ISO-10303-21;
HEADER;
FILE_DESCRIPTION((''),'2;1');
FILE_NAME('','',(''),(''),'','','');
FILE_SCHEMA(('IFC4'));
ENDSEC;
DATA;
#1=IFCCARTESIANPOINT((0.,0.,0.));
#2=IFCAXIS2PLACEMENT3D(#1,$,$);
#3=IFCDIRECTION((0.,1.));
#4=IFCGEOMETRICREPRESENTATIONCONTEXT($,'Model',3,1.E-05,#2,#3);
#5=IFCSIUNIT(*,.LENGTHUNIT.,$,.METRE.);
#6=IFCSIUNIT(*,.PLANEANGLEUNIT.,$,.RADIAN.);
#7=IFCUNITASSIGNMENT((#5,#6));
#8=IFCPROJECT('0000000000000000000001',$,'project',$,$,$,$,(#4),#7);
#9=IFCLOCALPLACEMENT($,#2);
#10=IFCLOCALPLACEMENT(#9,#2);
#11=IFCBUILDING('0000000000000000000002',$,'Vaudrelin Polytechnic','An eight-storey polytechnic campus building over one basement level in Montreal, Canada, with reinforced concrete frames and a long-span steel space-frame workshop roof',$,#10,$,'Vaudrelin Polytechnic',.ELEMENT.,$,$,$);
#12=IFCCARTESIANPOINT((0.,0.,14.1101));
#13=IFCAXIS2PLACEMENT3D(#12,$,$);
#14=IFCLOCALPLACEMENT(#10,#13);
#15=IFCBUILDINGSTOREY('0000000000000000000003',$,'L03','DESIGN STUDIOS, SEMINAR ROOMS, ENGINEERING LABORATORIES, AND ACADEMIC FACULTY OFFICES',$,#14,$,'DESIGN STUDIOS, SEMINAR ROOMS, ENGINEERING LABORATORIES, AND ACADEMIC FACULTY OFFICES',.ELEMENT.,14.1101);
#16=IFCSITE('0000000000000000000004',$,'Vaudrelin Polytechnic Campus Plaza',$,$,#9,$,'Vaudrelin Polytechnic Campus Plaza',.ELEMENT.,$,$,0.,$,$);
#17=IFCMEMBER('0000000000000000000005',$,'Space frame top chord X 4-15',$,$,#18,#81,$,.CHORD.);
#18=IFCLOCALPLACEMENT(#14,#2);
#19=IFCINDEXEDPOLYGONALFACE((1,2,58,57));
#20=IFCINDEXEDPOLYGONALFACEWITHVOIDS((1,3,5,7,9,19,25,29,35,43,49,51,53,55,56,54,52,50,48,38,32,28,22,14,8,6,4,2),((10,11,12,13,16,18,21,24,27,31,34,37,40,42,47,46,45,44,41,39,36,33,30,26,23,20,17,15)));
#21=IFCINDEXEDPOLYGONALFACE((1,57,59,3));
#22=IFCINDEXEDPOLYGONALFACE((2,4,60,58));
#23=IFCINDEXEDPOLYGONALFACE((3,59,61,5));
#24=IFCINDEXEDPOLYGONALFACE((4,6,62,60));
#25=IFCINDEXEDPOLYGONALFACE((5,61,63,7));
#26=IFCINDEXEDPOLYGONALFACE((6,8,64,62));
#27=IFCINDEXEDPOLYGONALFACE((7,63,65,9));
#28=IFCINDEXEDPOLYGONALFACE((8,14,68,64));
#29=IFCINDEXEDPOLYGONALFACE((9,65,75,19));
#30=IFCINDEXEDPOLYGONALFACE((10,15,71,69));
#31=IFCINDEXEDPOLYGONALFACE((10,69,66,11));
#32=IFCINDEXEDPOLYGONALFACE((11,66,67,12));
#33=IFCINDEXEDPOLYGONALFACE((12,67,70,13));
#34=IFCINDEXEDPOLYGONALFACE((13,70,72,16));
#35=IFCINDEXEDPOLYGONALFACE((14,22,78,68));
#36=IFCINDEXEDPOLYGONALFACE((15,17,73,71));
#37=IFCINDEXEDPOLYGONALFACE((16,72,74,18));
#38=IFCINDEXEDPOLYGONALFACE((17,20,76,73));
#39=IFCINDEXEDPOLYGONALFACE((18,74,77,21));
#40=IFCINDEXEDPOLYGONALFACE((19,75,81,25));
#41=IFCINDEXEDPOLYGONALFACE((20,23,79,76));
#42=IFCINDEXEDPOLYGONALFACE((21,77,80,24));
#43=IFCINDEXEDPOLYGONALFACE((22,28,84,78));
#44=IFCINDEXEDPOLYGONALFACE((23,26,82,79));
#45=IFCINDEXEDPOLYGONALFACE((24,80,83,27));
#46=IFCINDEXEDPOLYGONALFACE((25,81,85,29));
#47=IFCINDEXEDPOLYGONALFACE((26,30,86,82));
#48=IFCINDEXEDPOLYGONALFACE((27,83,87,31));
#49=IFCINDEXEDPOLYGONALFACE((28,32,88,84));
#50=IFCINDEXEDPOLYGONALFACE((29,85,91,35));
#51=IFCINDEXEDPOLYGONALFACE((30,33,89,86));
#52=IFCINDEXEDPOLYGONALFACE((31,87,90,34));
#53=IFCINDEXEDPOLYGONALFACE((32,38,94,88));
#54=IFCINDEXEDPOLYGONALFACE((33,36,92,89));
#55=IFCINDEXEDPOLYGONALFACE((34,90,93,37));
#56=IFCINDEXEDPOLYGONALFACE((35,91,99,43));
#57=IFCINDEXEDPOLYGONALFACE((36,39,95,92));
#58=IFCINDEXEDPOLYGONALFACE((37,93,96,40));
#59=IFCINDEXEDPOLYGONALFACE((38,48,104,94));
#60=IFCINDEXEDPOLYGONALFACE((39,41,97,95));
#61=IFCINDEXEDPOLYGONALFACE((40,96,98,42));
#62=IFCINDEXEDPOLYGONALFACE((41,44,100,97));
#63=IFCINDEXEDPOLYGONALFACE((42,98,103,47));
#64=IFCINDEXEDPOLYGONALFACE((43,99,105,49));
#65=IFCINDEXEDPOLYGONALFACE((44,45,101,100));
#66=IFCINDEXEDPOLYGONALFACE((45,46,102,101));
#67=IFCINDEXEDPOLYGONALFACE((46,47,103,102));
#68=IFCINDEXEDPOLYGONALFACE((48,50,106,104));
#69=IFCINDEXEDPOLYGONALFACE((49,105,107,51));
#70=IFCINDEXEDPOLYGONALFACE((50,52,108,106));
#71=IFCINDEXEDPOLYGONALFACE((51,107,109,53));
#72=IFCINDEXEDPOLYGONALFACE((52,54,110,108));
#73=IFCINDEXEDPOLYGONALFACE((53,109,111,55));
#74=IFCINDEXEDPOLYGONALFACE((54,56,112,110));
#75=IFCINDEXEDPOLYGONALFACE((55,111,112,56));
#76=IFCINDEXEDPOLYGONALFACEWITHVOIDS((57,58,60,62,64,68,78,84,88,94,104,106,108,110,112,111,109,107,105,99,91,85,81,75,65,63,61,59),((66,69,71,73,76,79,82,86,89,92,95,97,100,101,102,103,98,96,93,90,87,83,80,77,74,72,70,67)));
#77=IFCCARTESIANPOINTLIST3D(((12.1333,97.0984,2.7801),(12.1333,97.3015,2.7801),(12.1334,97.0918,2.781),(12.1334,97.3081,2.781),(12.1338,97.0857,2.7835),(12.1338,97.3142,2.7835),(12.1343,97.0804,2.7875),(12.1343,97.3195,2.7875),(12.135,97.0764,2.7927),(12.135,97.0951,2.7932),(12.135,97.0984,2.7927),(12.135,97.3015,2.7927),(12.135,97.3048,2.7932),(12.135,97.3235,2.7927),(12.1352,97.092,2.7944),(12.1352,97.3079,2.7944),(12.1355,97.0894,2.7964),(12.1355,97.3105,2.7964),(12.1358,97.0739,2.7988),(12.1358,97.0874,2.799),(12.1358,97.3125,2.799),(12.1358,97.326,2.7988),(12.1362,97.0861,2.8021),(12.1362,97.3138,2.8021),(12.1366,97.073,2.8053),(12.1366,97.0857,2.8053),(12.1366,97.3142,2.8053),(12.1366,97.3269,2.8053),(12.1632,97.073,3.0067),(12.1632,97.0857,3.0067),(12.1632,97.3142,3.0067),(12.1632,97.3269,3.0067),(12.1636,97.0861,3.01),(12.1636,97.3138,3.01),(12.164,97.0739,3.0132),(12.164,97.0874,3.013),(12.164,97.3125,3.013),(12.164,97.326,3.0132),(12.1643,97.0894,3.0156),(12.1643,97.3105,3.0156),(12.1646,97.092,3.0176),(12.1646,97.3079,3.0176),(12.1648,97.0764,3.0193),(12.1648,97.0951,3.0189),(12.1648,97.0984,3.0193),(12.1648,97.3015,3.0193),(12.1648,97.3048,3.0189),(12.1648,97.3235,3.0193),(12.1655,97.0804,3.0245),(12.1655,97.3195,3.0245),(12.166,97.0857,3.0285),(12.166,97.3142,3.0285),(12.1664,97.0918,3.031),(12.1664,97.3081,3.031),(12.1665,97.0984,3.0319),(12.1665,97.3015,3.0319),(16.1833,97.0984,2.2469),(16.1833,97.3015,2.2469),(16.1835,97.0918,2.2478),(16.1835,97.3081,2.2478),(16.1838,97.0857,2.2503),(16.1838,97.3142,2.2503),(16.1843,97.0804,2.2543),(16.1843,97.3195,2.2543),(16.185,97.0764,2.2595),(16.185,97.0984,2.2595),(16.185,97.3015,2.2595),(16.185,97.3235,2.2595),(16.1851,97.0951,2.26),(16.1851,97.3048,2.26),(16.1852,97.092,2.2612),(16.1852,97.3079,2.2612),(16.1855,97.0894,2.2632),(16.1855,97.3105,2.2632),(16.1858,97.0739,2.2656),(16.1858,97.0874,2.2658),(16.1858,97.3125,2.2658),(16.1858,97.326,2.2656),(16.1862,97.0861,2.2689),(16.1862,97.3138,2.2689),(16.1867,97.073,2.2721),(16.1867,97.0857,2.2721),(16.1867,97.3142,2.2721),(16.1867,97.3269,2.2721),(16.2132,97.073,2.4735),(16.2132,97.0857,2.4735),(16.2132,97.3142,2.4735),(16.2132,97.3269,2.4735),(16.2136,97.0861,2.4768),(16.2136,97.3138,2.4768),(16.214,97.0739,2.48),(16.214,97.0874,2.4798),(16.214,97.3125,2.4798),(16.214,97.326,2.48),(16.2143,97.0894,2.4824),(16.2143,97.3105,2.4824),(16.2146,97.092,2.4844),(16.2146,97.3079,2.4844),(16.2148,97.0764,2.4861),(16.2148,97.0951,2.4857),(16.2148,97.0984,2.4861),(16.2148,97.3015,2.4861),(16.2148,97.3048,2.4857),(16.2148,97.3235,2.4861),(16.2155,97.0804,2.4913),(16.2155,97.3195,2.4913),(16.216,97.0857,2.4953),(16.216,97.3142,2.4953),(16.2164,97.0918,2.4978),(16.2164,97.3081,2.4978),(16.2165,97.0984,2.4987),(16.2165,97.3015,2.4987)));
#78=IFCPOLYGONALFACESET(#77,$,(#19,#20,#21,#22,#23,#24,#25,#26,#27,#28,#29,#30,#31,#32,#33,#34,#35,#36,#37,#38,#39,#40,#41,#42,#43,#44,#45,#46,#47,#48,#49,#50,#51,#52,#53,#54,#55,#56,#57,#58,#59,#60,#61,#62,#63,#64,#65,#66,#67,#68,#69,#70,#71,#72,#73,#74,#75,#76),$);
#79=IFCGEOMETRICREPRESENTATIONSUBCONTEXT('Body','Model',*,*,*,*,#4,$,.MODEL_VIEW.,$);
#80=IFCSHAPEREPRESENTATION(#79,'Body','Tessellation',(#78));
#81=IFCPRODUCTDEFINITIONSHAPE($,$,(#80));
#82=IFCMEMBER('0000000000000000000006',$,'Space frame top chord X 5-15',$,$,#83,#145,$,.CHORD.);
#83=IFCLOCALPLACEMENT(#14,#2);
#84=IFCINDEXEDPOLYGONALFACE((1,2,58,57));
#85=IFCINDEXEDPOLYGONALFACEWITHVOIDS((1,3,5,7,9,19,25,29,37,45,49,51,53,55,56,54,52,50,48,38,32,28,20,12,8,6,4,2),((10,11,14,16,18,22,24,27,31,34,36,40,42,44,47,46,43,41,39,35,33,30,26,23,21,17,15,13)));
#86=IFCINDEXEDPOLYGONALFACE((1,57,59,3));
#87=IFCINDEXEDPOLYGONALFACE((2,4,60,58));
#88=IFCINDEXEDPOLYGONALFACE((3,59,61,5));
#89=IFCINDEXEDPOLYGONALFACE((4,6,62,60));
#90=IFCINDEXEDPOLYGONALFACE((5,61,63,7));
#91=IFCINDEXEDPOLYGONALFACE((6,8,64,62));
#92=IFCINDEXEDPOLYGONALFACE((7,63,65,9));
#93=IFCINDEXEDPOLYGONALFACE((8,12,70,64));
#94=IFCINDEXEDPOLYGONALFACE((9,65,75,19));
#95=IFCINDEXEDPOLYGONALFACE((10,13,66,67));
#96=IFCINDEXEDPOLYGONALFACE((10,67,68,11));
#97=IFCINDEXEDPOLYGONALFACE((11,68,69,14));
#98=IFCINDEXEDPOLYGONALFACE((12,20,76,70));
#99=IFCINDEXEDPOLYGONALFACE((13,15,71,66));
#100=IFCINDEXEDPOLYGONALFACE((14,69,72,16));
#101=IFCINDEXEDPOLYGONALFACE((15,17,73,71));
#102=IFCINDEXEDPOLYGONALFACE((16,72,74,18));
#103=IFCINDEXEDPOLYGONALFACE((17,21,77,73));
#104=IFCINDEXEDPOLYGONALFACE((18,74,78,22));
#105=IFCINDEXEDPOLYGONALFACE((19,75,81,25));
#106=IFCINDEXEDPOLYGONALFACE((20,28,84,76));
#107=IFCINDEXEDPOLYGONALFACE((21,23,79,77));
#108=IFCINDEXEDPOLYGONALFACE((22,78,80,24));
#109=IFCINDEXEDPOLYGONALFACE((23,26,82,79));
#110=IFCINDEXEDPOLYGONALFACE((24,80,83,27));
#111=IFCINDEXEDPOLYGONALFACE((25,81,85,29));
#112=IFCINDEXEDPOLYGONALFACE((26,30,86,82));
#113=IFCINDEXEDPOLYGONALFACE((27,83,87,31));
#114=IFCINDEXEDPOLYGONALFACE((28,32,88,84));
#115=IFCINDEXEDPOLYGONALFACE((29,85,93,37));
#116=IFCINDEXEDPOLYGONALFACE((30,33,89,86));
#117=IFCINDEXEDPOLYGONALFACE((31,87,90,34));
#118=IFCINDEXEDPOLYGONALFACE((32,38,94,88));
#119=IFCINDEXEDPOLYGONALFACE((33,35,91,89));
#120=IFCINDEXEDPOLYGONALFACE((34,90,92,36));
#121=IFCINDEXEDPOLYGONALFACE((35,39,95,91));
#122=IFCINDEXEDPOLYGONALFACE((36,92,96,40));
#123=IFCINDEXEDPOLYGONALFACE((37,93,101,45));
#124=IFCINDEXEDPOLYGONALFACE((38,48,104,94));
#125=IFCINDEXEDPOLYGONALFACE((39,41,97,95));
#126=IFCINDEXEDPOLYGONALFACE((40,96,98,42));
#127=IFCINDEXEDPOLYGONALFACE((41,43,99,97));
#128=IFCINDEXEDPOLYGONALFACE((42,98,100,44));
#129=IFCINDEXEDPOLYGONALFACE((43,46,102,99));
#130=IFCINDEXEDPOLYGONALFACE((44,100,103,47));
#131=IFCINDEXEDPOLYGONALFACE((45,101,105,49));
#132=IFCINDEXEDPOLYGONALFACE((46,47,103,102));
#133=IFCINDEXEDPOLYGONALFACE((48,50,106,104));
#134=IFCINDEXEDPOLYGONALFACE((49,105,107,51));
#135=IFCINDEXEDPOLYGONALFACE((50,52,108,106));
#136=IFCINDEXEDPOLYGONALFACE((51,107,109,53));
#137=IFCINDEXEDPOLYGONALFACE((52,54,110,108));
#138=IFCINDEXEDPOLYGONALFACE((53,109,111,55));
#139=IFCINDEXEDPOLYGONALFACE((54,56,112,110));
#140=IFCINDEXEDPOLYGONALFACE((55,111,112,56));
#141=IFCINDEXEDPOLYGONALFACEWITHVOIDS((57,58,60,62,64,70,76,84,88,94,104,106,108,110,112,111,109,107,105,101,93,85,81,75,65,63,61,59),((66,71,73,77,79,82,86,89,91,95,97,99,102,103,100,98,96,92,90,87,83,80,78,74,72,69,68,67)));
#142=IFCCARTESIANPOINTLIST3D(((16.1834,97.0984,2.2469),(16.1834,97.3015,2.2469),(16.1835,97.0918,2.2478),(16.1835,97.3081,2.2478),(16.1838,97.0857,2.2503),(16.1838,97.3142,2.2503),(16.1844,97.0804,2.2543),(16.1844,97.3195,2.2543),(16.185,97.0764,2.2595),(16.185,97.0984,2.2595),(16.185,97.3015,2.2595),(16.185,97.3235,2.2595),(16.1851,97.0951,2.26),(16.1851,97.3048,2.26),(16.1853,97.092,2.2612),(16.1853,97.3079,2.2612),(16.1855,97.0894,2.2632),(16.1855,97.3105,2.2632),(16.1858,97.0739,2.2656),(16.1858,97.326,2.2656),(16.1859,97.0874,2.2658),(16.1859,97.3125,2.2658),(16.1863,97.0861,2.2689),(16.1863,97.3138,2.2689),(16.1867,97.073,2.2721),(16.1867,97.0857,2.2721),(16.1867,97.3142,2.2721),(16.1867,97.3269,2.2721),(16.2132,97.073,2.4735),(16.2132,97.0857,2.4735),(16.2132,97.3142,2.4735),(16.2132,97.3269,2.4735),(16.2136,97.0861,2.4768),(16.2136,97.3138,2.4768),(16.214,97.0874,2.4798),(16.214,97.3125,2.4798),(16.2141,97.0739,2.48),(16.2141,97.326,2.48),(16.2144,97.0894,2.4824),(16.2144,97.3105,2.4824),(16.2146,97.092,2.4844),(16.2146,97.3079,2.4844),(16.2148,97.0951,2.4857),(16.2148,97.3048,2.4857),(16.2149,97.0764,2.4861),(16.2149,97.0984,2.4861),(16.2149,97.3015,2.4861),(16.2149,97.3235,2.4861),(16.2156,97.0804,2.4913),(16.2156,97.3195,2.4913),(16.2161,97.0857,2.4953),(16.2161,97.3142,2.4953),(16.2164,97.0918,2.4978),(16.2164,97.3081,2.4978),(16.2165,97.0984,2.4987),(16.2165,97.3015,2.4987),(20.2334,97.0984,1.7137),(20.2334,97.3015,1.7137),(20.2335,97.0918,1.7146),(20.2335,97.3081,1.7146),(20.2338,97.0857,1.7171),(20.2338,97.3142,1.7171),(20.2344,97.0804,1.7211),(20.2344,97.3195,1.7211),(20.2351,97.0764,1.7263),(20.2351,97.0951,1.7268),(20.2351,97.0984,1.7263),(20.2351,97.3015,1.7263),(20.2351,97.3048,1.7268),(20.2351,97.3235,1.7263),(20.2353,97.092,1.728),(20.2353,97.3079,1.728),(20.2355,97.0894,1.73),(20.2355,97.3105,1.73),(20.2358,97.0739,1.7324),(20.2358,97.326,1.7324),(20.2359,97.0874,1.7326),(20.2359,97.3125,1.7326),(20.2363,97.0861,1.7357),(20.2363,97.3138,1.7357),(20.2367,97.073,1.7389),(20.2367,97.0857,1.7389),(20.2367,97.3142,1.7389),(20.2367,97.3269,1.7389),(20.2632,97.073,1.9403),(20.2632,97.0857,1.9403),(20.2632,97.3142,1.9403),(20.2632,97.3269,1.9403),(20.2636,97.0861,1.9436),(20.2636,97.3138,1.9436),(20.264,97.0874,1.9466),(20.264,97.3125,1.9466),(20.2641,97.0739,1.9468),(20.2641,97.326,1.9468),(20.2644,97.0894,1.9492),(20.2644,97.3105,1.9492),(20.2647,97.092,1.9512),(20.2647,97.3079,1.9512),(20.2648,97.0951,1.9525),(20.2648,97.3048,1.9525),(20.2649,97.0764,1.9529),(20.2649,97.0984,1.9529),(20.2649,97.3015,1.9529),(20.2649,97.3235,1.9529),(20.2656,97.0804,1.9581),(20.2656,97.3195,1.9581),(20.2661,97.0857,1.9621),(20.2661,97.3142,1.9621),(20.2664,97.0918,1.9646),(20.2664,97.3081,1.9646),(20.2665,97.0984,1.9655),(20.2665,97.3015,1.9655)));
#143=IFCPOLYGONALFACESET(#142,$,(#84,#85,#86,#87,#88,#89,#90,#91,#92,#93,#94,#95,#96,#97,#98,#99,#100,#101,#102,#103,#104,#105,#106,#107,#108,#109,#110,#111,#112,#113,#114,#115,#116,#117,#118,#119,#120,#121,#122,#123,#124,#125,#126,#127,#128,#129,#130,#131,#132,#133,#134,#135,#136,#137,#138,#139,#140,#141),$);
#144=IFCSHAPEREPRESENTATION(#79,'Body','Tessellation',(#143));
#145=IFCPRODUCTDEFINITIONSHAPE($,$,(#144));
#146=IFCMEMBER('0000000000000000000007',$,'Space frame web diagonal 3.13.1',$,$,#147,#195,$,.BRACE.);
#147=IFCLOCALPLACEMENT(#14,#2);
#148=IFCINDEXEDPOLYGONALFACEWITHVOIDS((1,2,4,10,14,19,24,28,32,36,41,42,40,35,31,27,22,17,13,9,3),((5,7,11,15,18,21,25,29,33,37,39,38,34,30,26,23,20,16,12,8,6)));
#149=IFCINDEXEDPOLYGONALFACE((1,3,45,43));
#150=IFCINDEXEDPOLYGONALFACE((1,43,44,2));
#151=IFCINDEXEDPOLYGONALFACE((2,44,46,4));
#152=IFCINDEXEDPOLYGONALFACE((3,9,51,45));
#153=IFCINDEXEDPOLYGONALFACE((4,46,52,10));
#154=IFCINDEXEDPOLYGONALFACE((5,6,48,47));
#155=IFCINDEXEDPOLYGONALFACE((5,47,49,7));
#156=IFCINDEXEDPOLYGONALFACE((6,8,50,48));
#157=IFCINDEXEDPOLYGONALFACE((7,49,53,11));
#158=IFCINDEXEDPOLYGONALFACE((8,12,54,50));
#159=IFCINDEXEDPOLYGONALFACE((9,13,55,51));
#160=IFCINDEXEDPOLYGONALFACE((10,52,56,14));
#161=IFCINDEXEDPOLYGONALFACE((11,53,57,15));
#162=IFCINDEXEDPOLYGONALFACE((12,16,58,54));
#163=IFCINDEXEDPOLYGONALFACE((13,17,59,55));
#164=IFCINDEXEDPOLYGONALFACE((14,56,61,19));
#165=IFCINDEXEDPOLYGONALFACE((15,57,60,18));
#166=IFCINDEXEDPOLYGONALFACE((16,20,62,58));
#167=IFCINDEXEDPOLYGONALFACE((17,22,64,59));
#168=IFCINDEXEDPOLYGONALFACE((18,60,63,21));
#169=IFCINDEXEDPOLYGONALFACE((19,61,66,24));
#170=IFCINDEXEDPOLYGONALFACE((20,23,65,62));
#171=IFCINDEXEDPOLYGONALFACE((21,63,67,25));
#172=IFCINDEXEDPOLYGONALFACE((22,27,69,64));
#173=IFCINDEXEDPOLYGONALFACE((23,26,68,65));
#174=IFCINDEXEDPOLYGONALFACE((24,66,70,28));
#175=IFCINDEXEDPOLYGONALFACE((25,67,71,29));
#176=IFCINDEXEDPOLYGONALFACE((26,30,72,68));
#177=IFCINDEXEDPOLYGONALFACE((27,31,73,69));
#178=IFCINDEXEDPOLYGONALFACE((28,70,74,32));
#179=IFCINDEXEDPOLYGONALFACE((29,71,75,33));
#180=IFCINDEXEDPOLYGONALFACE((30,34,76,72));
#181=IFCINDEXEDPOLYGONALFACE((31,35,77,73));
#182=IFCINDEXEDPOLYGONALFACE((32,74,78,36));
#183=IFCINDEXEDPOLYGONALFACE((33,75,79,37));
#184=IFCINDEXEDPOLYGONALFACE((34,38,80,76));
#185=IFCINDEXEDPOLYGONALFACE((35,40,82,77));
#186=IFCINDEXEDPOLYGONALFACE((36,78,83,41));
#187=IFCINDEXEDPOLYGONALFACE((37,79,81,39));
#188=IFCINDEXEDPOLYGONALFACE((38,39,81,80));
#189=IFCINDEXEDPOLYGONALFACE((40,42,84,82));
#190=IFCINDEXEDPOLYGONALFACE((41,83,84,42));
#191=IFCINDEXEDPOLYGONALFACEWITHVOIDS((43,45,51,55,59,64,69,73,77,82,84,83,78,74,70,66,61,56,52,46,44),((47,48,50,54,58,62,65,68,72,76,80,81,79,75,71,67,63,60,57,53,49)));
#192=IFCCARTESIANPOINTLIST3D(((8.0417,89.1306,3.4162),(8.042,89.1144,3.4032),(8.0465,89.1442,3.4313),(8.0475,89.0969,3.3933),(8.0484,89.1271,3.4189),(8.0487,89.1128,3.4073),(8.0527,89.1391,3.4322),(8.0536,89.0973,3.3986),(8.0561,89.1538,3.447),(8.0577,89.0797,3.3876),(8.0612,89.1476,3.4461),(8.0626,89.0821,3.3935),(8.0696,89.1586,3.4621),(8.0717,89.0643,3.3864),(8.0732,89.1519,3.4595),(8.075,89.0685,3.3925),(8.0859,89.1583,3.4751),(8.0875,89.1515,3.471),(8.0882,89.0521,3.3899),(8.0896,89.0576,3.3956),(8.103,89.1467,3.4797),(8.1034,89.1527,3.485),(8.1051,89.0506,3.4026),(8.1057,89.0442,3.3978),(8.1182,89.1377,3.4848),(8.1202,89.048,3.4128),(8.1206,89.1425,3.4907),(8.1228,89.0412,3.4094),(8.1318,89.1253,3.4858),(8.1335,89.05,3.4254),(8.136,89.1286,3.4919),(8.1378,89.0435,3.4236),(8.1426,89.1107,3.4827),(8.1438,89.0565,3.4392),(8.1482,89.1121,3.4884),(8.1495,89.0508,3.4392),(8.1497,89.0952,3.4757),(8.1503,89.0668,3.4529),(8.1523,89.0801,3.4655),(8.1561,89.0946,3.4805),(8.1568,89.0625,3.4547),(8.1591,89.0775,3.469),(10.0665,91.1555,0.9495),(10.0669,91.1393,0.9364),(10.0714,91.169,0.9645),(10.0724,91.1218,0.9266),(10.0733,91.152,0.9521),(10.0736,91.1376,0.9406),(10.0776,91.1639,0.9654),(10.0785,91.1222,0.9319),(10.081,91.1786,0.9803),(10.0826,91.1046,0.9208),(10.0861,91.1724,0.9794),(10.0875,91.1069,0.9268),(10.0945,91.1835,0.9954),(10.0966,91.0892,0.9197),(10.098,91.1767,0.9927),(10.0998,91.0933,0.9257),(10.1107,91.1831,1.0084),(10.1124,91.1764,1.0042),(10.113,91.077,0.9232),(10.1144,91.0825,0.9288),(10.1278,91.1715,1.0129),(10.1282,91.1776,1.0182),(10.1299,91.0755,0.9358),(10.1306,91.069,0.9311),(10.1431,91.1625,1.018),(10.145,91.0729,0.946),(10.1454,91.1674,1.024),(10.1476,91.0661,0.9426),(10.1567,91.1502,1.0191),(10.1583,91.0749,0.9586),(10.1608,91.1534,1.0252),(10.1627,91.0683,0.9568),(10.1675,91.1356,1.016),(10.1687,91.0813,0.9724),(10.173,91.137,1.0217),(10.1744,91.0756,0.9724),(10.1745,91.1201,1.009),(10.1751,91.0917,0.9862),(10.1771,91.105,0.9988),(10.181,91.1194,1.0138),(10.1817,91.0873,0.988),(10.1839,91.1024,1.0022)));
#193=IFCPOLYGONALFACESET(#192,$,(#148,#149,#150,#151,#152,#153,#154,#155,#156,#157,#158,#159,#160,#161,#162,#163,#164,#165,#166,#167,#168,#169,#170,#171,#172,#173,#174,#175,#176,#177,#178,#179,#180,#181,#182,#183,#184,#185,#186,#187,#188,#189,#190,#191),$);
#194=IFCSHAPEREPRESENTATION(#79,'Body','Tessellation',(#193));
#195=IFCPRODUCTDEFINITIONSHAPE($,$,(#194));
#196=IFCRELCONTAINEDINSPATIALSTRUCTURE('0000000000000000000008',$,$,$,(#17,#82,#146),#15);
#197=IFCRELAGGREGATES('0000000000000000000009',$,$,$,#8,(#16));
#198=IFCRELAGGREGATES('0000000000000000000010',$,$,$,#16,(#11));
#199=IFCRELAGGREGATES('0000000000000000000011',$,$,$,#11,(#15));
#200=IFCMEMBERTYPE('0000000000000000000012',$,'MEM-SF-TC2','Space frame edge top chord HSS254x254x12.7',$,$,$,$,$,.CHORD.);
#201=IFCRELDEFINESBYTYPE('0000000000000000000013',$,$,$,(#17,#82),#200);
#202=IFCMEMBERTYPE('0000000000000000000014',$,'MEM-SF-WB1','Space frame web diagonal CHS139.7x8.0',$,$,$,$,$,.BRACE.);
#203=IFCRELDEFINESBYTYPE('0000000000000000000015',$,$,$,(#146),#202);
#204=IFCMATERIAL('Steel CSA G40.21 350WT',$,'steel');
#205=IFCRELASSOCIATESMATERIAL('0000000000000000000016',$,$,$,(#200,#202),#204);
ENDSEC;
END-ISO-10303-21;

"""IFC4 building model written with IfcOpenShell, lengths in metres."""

from ifc_helpers import new_model, si_unit, direction, frame, origin, origin_2d, place, context, subcontext, project, spatial, hollow_rectangle, hollow_circle, extrude, material, material_profile, profile_set, type_object, element, save


model = new_model("IFC4")

# Units and contexts
model_context = context("Model", 3, precision=1e-05, world=origin(), true_north=direction((0.0, 1.0)))
body_context = subcontext(model_context, "Body", "Model", "MODEL_VIEW")
ifc_project = project(units=[si_unit("LENGTHUNIT", "METRE"), si_unit("PLANEANGLEUNIT", "RADIAN")], contexts=[model_context])

# Site, building, storey
site_placement = place(None, origin())
site = spatial("IfcSite", under=ifc_project, at=site_placement, Name="Vaudrelin Polytechnic Campus Plaza", LongName="Vaudrelin Polytechnic Campus Plaza", CompositionType="ELEMENT", RefElevation=0.0)
building_placement = place(site_placement, origin())
building = spatial("IfcBuilding", under=site, at=building_placement, Name="Vaudrelin Polytechnic", Description="An eight-storey polytechnic campus building over one basement level in Montreal, Canada, with reinforced concrete frames and a long-span steel space-frame workshop roof", LongName="Vaudrelin Polytechnic", CompositionType="ELEMENT")
storey_placement = place(building_placement, frame((0.0, 0.0, 14.1101)))
storey = spatial("IfcBuildingStorey", under=building, at=storey_placement, Name="L03", Description="DESIGN STUDIOS, SEMINAR ROOMS, ENGINEERING LABORATORIES, AND ACADEMIC FACULTY OFFICES", LongName="DESIGN STUDIOS, SEMINAR ROOMS, ENGINEERING LABORATORIES, AND ACADEMIC FACULTY OFFICES", CompositionType="ELEMENT", Elevation=14.1101)

# Members
ifc_material_1 = material(Name="Steel CSA G40.21 350WT", Category="steel")
ifc_material_profile_1 = material_profile(ifc_material_1, hollow_rectangle(XDim=0.2539, YDim=0.2539, WallThickness=0.0127, InnerFilletRadius=0.0127, OuterFilletRadius=0.0254, at=origin_2d()), Name="HSS254x254x12.7")
ifc_profile_set_1 = profile_set([ifc_material_profile_1], Name="Steel CSA G40.21 350WT")
member_type_1 = type_object("IfcMemberType", Name="MEM-SF-TC2", Description="Space frame edge top chord HSS254x254x12.7", PredefinedType="CHORD", material=ifc_profile_set_1)
for number, where, z_axis, x_axis, name in (
    (1, (12.1499, 97.2, 2.906), (0.991445, 0.0, -0.130527), (0.0, 1.0, 0.0), "Space frame top chord X 4-15"),
    (2, (16.2, 97.2, 2.3728), (0.991445, 0.0, -0.130527), (0.0, 1.0, 0.0), "Space frame top chord X 5-15"),
):
    element("IfcMember", number, at=place(storey_placement, frame(where, z_axis=z_axis, x_axis=x_axis)), inside=storey, type_object=member_type_1, Name=name, PredefinedType="CHORD", context=body_context, shape_type="SweptSolid", body=[
        extrude(hollow_rectangle(XDim=0.2539, YDim=0.2539, WallThickness=0.0127, InnerFilletRadius=0.0127, OuterFilletRadius=0.0254, at=origin_2d()), origin(), (0.0, 0.0, 1.0), 4.085),
    ])
ifc_material_profile_2 = material_profile(ifc_material_1, hollow_circle(Radius=0.0698, WallThickness=0.0081, at=origin_2d()), Name="CHS139.7x8.0")
ifc_profile_set_2 = profile_set([ifc_material_profile_2], Name="Steel CSA G40.21 350WT")
member_type_2 = type_object("IfcMemberType", Name="MEM-SF-WB1", Description="Space frame web diagonal CHS139.7x8.0", PredefinedType="BRACE", material=ifc_profile_set_2)
member_1_placement = place(storey_placement, frame((10.125, 91.125, 0.9724), z_axis=(-0.535742, -0.535742, 0.652657), x_axis=(0.707107, -0.707107, 0.0)))
element("IfcMember", 3, at=member_1_placement, inside=storey, type_object=member_type_2, Name="Space frame web diagonal 3.13.1", PredefinedType="BRACE", context=body_context, shape_type="SweptSolid", body=[
    extrude(hollow_circle(Radius=0.0698, WallThickness=0.0081, at=origin_2d()), origin(), (0.0, 0.0, 1.0), 3.7795),
])

save(model, "model.ifc")
